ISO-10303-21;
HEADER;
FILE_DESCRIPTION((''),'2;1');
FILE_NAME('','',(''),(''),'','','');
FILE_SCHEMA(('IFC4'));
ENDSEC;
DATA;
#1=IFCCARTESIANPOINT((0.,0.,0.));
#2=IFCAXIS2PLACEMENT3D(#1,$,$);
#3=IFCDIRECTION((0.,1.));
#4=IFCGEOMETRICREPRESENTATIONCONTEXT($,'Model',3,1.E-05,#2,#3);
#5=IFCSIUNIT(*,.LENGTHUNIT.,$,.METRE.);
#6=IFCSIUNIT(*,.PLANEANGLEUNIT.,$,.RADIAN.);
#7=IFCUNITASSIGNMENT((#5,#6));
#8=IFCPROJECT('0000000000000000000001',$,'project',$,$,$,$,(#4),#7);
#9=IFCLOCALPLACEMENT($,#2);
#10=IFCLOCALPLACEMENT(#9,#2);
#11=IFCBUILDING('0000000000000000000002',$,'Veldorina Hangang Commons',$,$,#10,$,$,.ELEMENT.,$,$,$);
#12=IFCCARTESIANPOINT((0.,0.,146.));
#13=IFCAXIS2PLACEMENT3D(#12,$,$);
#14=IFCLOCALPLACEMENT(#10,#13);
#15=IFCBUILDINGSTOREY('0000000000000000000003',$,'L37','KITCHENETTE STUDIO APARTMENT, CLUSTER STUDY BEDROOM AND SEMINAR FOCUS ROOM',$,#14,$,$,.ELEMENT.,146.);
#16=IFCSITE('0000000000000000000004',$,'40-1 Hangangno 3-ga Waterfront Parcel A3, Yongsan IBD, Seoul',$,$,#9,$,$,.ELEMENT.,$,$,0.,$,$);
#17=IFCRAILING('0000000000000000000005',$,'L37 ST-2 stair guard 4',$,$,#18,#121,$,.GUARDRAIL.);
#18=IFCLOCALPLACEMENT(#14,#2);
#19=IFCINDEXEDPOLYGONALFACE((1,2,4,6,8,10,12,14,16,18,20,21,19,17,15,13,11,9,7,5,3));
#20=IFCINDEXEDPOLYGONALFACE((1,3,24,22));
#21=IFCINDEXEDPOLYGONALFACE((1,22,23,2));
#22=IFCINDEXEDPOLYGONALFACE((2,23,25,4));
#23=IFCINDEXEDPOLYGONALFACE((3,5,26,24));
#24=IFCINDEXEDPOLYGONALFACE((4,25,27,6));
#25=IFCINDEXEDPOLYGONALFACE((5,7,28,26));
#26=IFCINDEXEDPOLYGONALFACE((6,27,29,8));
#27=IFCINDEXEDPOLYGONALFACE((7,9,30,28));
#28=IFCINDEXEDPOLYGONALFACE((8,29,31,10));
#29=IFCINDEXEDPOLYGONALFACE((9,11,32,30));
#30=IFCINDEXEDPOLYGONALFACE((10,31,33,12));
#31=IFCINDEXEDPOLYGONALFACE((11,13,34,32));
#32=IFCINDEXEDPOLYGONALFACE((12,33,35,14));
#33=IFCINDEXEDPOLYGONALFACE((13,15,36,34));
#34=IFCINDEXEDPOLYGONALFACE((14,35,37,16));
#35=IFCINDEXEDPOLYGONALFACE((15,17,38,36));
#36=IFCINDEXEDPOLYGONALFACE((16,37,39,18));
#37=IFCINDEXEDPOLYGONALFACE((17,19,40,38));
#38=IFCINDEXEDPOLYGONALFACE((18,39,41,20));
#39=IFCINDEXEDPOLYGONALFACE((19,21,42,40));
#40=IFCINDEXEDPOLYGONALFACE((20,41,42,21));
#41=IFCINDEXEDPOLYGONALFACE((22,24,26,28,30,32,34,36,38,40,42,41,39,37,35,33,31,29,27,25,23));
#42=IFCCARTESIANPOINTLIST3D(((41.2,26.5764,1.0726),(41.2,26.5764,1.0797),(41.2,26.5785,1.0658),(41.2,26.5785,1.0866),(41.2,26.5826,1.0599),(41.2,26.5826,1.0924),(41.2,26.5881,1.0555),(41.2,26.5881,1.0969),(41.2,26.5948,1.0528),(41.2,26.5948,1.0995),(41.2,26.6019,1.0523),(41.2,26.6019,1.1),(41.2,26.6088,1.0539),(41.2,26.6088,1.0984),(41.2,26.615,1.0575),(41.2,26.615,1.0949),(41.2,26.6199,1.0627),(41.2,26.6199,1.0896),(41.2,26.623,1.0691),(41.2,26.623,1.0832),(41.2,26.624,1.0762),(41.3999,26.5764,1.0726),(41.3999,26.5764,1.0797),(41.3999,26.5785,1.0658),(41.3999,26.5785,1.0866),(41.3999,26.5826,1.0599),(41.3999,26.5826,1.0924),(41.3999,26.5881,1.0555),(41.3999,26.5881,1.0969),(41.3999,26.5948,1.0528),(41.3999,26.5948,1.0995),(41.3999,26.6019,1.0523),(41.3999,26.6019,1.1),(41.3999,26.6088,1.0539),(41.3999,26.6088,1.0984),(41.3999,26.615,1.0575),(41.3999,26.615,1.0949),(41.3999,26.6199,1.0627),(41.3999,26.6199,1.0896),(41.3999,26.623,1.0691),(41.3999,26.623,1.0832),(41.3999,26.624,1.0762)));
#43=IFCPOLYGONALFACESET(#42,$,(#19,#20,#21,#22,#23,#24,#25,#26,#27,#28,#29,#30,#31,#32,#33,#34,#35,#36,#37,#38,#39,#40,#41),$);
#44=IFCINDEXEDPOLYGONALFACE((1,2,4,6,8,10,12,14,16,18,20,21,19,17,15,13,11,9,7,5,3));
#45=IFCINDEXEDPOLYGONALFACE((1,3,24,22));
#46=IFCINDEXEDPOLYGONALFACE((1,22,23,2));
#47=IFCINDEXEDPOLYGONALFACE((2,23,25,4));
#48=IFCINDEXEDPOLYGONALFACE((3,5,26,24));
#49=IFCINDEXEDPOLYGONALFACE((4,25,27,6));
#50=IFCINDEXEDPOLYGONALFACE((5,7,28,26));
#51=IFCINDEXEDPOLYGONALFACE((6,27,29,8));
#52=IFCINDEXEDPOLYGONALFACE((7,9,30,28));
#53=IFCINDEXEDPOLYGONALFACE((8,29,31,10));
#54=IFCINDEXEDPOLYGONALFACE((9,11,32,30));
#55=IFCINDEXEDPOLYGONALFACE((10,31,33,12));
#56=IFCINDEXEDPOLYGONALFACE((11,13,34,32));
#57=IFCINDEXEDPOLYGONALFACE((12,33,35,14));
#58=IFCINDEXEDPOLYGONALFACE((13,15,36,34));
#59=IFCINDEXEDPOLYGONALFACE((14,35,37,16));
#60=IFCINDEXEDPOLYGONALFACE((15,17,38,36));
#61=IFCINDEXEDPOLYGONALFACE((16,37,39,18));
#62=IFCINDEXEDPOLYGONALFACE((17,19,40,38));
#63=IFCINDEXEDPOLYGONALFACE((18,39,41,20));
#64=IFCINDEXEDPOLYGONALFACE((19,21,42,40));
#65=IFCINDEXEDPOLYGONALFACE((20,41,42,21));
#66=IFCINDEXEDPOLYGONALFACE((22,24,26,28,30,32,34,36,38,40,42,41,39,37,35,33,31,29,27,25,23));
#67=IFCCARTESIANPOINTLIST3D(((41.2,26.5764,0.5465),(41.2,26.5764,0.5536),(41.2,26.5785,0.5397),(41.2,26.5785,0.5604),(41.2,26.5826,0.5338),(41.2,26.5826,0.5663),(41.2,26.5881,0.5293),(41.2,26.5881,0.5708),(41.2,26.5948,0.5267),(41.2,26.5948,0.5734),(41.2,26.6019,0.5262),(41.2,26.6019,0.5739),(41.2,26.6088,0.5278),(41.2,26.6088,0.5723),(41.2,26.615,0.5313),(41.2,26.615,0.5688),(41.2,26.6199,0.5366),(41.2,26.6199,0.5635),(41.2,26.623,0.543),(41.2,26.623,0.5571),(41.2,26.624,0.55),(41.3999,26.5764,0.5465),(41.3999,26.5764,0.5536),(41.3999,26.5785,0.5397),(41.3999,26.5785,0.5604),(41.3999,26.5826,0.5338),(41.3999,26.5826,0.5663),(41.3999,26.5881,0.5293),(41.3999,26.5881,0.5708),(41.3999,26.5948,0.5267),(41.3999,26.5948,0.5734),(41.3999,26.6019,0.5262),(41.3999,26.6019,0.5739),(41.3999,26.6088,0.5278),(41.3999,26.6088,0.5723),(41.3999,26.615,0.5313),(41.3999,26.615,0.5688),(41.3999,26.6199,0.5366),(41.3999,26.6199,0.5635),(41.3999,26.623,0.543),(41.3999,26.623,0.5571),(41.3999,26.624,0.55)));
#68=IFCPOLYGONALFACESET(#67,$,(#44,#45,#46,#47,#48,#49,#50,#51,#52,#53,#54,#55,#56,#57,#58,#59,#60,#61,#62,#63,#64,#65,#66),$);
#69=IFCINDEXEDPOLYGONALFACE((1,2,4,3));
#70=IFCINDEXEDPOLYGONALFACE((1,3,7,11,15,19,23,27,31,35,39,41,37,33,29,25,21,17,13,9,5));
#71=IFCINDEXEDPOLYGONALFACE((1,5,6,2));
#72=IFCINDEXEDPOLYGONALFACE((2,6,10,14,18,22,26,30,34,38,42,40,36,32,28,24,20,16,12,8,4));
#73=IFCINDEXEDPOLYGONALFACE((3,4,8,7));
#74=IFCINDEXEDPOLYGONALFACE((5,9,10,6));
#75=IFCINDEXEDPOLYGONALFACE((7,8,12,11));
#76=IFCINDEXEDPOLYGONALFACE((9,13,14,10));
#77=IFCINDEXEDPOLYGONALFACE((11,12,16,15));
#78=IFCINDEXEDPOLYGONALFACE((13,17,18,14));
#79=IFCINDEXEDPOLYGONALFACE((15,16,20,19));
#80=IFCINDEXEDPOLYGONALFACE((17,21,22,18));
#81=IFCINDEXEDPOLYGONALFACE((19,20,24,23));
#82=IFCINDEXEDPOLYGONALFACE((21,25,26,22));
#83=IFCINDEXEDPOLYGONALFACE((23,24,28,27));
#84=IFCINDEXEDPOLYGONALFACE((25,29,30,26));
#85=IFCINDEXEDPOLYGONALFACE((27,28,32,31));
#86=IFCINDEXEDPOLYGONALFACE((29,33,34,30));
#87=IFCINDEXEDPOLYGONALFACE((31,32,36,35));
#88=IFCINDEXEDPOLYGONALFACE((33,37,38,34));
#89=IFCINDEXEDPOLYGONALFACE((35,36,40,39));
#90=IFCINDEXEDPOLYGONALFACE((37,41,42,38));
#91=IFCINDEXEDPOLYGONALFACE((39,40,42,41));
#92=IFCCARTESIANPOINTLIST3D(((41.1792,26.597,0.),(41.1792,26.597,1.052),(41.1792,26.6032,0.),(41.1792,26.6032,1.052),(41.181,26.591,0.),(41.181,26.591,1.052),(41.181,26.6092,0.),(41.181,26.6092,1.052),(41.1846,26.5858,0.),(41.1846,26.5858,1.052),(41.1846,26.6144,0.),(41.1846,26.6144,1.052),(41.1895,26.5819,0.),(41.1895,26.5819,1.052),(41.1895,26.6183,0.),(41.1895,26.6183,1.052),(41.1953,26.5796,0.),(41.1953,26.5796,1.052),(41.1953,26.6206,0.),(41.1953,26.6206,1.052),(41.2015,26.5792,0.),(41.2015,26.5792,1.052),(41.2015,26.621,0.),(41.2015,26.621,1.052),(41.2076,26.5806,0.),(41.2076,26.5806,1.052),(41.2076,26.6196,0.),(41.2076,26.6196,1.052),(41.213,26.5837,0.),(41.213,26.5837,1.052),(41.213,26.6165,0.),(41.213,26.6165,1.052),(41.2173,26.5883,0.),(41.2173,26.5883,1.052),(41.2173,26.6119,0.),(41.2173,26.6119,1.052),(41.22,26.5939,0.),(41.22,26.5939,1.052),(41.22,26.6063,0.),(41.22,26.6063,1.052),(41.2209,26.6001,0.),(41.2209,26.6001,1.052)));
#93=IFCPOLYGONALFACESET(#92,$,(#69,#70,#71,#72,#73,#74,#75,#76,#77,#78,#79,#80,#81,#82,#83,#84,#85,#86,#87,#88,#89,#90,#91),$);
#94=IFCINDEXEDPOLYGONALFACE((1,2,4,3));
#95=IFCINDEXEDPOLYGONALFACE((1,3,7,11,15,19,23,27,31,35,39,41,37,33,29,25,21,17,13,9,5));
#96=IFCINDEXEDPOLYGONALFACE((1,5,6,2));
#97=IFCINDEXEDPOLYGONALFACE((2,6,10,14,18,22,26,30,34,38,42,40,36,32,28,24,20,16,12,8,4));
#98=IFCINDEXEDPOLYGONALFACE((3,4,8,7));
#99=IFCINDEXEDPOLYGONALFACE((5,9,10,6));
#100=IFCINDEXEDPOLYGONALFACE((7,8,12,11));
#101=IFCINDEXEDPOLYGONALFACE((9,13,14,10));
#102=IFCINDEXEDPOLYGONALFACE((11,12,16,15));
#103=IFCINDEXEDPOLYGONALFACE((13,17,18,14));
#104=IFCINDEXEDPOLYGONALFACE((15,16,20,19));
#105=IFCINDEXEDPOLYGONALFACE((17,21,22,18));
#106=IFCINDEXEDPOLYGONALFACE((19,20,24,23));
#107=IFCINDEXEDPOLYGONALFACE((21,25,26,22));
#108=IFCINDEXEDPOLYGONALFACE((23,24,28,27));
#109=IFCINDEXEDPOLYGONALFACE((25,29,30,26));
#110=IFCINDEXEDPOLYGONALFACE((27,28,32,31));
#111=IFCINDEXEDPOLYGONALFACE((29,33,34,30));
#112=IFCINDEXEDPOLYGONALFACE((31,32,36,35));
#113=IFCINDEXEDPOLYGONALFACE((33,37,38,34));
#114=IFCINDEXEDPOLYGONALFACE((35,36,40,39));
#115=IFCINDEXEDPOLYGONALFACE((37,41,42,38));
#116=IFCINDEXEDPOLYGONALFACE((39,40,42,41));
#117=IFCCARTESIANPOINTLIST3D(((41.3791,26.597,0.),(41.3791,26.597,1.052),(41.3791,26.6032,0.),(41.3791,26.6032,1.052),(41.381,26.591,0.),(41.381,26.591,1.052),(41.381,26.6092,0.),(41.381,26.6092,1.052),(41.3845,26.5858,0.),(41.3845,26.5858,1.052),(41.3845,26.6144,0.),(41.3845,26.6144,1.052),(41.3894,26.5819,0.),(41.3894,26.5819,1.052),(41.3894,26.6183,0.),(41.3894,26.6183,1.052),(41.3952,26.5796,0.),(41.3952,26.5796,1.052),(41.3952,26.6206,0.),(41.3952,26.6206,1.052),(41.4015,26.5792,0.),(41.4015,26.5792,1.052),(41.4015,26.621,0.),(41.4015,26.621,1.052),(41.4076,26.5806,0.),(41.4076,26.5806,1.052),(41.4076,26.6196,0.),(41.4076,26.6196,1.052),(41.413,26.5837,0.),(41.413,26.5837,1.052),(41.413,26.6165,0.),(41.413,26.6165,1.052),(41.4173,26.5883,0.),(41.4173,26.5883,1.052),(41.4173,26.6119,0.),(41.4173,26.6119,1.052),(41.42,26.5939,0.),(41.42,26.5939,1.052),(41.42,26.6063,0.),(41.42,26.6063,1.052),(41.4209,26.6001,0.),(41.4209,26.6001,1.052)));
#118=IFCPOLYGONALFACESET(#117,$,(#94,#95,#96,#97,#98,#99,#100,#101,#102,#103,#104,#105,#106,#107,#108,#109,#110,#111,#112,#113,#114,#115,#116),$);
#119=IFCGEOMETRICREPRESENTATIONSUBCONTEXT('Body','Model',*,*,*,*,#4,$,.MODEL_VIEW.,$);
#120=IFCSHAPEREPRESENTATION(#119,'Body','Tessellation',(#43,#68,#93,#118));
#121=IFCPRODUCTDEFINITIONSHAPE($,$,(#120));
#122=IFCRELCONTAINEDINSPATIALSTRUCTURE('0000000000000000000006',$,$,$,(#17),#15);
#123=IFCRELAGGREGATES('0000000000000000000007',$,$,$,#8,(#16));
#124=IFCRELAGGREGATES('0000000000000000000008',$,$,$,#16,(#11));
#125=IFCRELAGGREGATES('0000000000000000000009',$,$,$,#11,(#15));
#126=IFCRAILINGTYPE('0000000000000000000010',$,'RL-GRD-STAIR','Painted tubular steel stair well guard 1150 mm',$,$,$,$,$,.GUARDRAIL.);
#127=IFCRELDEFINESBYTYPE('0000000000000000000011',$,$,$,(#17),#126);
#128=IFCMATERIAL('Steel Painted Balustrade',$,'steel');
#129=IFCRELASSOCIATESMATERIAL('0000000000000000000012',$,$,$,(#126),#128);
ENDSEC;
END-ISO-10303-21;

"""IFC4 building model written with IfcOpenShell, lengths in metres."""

from ifc_helpers import new_model, si_unit, direction, frame, origin, origin_2d, place, context, subcontext, project, spatial, circle, extrude, material, type_object, element, save


model = new_model("IFC4")

# Units and contexts
model_context = context("Model", 3, precision=1e-05, world=origin(), true_north=direction((0.0, 1.0)))
body_context = subcontext(model_context, "Body", "Model", "MODEL_VIEW")
ifc_project = project(units=[si_unit("LENGTHUNIT", "METRE"), si_unit("PLANEANGLEUNIT", "RADIAN")], contexts=[model_context])

# Site, building, storey
site_placement = place(None, origin())
site = spatial("IfcSite", under=ifc_project, at=site_placement, Name="40-1 Hangangno 3-ga Waterfront Parcel A3, Yongsan IBD, Seoul", CompositionType="ELEMENT", RefElevation=0.0)
building_placement = place(site_placement, origin())
building = spatial("IfcBuilding", under=site, at=building_placement, Name="Veldorina Hangang Commons", CompositionType="ELEMENT")
storey_placement = place(building_placement, frame((0.0, 0.0, 146.0)))
storey = spatial("IfcBuildingStorey", under=building, at=storey_placement, Name="L37", Description="KITCHENETTE STUDIO APARTMENT, CLUSTER STUDY BEDROOM AND SEMINAR FOCUS ROOM", CompositionType="ELEMENT", Elevation=146.0)

# Railing
ifc_material_1 = material(Name="Steel Painted Balustrade", Category="steel")
railing_type_1 = type_object("IfcRailingType", Name="RL-GRD-STAIR", Description="Painted tubular steel stair well guard 1150 mm", PredefinedType="GUARDRAIL", material=ifc_material_1)
railing_1_placement = place(storey_placement, frame((41.2, 26.6001, 0.0)))
element("IfcRailing", 1, at=railing_1_placement, inside=storey, type_object=railing_type_1, Name="L37 ST-2 stair guard 4", PredefinedType="GUARDRAIL", context=body_context, shape_type="SweptSolid", body=[
    extrude(circle(Radius=0.0239, at=origin_2d()), frame((0.0, 0.0, 1.0762), z_axis=(1.0, 0.0, 0.0), x_axis=(0.0, 1.0, 0.0)), (0.0, 0.0, 1.0), 0.2),
    extrude(circle(Radius=0.0239, at=origin_2d()), frame((0.0, 0.0, 0.55), z_axis=(1.0, 0.0, 0.0), x_axis=(0.0, 1.0, 0.0)), (0.0, 0.0, 1.0), 0.2),
    extrude(circle(Radius=0.021, at=origin_2d()), origin(), (0.0, 0.0, 1.0), 1.052),
    extrude(circle(Radius=0.021, at=origin_2d()), frame((0.2, 0.0, 0.0)), (0.0, 0.0, 1.0), 1.052),
])

save(model, "model.ifc")
